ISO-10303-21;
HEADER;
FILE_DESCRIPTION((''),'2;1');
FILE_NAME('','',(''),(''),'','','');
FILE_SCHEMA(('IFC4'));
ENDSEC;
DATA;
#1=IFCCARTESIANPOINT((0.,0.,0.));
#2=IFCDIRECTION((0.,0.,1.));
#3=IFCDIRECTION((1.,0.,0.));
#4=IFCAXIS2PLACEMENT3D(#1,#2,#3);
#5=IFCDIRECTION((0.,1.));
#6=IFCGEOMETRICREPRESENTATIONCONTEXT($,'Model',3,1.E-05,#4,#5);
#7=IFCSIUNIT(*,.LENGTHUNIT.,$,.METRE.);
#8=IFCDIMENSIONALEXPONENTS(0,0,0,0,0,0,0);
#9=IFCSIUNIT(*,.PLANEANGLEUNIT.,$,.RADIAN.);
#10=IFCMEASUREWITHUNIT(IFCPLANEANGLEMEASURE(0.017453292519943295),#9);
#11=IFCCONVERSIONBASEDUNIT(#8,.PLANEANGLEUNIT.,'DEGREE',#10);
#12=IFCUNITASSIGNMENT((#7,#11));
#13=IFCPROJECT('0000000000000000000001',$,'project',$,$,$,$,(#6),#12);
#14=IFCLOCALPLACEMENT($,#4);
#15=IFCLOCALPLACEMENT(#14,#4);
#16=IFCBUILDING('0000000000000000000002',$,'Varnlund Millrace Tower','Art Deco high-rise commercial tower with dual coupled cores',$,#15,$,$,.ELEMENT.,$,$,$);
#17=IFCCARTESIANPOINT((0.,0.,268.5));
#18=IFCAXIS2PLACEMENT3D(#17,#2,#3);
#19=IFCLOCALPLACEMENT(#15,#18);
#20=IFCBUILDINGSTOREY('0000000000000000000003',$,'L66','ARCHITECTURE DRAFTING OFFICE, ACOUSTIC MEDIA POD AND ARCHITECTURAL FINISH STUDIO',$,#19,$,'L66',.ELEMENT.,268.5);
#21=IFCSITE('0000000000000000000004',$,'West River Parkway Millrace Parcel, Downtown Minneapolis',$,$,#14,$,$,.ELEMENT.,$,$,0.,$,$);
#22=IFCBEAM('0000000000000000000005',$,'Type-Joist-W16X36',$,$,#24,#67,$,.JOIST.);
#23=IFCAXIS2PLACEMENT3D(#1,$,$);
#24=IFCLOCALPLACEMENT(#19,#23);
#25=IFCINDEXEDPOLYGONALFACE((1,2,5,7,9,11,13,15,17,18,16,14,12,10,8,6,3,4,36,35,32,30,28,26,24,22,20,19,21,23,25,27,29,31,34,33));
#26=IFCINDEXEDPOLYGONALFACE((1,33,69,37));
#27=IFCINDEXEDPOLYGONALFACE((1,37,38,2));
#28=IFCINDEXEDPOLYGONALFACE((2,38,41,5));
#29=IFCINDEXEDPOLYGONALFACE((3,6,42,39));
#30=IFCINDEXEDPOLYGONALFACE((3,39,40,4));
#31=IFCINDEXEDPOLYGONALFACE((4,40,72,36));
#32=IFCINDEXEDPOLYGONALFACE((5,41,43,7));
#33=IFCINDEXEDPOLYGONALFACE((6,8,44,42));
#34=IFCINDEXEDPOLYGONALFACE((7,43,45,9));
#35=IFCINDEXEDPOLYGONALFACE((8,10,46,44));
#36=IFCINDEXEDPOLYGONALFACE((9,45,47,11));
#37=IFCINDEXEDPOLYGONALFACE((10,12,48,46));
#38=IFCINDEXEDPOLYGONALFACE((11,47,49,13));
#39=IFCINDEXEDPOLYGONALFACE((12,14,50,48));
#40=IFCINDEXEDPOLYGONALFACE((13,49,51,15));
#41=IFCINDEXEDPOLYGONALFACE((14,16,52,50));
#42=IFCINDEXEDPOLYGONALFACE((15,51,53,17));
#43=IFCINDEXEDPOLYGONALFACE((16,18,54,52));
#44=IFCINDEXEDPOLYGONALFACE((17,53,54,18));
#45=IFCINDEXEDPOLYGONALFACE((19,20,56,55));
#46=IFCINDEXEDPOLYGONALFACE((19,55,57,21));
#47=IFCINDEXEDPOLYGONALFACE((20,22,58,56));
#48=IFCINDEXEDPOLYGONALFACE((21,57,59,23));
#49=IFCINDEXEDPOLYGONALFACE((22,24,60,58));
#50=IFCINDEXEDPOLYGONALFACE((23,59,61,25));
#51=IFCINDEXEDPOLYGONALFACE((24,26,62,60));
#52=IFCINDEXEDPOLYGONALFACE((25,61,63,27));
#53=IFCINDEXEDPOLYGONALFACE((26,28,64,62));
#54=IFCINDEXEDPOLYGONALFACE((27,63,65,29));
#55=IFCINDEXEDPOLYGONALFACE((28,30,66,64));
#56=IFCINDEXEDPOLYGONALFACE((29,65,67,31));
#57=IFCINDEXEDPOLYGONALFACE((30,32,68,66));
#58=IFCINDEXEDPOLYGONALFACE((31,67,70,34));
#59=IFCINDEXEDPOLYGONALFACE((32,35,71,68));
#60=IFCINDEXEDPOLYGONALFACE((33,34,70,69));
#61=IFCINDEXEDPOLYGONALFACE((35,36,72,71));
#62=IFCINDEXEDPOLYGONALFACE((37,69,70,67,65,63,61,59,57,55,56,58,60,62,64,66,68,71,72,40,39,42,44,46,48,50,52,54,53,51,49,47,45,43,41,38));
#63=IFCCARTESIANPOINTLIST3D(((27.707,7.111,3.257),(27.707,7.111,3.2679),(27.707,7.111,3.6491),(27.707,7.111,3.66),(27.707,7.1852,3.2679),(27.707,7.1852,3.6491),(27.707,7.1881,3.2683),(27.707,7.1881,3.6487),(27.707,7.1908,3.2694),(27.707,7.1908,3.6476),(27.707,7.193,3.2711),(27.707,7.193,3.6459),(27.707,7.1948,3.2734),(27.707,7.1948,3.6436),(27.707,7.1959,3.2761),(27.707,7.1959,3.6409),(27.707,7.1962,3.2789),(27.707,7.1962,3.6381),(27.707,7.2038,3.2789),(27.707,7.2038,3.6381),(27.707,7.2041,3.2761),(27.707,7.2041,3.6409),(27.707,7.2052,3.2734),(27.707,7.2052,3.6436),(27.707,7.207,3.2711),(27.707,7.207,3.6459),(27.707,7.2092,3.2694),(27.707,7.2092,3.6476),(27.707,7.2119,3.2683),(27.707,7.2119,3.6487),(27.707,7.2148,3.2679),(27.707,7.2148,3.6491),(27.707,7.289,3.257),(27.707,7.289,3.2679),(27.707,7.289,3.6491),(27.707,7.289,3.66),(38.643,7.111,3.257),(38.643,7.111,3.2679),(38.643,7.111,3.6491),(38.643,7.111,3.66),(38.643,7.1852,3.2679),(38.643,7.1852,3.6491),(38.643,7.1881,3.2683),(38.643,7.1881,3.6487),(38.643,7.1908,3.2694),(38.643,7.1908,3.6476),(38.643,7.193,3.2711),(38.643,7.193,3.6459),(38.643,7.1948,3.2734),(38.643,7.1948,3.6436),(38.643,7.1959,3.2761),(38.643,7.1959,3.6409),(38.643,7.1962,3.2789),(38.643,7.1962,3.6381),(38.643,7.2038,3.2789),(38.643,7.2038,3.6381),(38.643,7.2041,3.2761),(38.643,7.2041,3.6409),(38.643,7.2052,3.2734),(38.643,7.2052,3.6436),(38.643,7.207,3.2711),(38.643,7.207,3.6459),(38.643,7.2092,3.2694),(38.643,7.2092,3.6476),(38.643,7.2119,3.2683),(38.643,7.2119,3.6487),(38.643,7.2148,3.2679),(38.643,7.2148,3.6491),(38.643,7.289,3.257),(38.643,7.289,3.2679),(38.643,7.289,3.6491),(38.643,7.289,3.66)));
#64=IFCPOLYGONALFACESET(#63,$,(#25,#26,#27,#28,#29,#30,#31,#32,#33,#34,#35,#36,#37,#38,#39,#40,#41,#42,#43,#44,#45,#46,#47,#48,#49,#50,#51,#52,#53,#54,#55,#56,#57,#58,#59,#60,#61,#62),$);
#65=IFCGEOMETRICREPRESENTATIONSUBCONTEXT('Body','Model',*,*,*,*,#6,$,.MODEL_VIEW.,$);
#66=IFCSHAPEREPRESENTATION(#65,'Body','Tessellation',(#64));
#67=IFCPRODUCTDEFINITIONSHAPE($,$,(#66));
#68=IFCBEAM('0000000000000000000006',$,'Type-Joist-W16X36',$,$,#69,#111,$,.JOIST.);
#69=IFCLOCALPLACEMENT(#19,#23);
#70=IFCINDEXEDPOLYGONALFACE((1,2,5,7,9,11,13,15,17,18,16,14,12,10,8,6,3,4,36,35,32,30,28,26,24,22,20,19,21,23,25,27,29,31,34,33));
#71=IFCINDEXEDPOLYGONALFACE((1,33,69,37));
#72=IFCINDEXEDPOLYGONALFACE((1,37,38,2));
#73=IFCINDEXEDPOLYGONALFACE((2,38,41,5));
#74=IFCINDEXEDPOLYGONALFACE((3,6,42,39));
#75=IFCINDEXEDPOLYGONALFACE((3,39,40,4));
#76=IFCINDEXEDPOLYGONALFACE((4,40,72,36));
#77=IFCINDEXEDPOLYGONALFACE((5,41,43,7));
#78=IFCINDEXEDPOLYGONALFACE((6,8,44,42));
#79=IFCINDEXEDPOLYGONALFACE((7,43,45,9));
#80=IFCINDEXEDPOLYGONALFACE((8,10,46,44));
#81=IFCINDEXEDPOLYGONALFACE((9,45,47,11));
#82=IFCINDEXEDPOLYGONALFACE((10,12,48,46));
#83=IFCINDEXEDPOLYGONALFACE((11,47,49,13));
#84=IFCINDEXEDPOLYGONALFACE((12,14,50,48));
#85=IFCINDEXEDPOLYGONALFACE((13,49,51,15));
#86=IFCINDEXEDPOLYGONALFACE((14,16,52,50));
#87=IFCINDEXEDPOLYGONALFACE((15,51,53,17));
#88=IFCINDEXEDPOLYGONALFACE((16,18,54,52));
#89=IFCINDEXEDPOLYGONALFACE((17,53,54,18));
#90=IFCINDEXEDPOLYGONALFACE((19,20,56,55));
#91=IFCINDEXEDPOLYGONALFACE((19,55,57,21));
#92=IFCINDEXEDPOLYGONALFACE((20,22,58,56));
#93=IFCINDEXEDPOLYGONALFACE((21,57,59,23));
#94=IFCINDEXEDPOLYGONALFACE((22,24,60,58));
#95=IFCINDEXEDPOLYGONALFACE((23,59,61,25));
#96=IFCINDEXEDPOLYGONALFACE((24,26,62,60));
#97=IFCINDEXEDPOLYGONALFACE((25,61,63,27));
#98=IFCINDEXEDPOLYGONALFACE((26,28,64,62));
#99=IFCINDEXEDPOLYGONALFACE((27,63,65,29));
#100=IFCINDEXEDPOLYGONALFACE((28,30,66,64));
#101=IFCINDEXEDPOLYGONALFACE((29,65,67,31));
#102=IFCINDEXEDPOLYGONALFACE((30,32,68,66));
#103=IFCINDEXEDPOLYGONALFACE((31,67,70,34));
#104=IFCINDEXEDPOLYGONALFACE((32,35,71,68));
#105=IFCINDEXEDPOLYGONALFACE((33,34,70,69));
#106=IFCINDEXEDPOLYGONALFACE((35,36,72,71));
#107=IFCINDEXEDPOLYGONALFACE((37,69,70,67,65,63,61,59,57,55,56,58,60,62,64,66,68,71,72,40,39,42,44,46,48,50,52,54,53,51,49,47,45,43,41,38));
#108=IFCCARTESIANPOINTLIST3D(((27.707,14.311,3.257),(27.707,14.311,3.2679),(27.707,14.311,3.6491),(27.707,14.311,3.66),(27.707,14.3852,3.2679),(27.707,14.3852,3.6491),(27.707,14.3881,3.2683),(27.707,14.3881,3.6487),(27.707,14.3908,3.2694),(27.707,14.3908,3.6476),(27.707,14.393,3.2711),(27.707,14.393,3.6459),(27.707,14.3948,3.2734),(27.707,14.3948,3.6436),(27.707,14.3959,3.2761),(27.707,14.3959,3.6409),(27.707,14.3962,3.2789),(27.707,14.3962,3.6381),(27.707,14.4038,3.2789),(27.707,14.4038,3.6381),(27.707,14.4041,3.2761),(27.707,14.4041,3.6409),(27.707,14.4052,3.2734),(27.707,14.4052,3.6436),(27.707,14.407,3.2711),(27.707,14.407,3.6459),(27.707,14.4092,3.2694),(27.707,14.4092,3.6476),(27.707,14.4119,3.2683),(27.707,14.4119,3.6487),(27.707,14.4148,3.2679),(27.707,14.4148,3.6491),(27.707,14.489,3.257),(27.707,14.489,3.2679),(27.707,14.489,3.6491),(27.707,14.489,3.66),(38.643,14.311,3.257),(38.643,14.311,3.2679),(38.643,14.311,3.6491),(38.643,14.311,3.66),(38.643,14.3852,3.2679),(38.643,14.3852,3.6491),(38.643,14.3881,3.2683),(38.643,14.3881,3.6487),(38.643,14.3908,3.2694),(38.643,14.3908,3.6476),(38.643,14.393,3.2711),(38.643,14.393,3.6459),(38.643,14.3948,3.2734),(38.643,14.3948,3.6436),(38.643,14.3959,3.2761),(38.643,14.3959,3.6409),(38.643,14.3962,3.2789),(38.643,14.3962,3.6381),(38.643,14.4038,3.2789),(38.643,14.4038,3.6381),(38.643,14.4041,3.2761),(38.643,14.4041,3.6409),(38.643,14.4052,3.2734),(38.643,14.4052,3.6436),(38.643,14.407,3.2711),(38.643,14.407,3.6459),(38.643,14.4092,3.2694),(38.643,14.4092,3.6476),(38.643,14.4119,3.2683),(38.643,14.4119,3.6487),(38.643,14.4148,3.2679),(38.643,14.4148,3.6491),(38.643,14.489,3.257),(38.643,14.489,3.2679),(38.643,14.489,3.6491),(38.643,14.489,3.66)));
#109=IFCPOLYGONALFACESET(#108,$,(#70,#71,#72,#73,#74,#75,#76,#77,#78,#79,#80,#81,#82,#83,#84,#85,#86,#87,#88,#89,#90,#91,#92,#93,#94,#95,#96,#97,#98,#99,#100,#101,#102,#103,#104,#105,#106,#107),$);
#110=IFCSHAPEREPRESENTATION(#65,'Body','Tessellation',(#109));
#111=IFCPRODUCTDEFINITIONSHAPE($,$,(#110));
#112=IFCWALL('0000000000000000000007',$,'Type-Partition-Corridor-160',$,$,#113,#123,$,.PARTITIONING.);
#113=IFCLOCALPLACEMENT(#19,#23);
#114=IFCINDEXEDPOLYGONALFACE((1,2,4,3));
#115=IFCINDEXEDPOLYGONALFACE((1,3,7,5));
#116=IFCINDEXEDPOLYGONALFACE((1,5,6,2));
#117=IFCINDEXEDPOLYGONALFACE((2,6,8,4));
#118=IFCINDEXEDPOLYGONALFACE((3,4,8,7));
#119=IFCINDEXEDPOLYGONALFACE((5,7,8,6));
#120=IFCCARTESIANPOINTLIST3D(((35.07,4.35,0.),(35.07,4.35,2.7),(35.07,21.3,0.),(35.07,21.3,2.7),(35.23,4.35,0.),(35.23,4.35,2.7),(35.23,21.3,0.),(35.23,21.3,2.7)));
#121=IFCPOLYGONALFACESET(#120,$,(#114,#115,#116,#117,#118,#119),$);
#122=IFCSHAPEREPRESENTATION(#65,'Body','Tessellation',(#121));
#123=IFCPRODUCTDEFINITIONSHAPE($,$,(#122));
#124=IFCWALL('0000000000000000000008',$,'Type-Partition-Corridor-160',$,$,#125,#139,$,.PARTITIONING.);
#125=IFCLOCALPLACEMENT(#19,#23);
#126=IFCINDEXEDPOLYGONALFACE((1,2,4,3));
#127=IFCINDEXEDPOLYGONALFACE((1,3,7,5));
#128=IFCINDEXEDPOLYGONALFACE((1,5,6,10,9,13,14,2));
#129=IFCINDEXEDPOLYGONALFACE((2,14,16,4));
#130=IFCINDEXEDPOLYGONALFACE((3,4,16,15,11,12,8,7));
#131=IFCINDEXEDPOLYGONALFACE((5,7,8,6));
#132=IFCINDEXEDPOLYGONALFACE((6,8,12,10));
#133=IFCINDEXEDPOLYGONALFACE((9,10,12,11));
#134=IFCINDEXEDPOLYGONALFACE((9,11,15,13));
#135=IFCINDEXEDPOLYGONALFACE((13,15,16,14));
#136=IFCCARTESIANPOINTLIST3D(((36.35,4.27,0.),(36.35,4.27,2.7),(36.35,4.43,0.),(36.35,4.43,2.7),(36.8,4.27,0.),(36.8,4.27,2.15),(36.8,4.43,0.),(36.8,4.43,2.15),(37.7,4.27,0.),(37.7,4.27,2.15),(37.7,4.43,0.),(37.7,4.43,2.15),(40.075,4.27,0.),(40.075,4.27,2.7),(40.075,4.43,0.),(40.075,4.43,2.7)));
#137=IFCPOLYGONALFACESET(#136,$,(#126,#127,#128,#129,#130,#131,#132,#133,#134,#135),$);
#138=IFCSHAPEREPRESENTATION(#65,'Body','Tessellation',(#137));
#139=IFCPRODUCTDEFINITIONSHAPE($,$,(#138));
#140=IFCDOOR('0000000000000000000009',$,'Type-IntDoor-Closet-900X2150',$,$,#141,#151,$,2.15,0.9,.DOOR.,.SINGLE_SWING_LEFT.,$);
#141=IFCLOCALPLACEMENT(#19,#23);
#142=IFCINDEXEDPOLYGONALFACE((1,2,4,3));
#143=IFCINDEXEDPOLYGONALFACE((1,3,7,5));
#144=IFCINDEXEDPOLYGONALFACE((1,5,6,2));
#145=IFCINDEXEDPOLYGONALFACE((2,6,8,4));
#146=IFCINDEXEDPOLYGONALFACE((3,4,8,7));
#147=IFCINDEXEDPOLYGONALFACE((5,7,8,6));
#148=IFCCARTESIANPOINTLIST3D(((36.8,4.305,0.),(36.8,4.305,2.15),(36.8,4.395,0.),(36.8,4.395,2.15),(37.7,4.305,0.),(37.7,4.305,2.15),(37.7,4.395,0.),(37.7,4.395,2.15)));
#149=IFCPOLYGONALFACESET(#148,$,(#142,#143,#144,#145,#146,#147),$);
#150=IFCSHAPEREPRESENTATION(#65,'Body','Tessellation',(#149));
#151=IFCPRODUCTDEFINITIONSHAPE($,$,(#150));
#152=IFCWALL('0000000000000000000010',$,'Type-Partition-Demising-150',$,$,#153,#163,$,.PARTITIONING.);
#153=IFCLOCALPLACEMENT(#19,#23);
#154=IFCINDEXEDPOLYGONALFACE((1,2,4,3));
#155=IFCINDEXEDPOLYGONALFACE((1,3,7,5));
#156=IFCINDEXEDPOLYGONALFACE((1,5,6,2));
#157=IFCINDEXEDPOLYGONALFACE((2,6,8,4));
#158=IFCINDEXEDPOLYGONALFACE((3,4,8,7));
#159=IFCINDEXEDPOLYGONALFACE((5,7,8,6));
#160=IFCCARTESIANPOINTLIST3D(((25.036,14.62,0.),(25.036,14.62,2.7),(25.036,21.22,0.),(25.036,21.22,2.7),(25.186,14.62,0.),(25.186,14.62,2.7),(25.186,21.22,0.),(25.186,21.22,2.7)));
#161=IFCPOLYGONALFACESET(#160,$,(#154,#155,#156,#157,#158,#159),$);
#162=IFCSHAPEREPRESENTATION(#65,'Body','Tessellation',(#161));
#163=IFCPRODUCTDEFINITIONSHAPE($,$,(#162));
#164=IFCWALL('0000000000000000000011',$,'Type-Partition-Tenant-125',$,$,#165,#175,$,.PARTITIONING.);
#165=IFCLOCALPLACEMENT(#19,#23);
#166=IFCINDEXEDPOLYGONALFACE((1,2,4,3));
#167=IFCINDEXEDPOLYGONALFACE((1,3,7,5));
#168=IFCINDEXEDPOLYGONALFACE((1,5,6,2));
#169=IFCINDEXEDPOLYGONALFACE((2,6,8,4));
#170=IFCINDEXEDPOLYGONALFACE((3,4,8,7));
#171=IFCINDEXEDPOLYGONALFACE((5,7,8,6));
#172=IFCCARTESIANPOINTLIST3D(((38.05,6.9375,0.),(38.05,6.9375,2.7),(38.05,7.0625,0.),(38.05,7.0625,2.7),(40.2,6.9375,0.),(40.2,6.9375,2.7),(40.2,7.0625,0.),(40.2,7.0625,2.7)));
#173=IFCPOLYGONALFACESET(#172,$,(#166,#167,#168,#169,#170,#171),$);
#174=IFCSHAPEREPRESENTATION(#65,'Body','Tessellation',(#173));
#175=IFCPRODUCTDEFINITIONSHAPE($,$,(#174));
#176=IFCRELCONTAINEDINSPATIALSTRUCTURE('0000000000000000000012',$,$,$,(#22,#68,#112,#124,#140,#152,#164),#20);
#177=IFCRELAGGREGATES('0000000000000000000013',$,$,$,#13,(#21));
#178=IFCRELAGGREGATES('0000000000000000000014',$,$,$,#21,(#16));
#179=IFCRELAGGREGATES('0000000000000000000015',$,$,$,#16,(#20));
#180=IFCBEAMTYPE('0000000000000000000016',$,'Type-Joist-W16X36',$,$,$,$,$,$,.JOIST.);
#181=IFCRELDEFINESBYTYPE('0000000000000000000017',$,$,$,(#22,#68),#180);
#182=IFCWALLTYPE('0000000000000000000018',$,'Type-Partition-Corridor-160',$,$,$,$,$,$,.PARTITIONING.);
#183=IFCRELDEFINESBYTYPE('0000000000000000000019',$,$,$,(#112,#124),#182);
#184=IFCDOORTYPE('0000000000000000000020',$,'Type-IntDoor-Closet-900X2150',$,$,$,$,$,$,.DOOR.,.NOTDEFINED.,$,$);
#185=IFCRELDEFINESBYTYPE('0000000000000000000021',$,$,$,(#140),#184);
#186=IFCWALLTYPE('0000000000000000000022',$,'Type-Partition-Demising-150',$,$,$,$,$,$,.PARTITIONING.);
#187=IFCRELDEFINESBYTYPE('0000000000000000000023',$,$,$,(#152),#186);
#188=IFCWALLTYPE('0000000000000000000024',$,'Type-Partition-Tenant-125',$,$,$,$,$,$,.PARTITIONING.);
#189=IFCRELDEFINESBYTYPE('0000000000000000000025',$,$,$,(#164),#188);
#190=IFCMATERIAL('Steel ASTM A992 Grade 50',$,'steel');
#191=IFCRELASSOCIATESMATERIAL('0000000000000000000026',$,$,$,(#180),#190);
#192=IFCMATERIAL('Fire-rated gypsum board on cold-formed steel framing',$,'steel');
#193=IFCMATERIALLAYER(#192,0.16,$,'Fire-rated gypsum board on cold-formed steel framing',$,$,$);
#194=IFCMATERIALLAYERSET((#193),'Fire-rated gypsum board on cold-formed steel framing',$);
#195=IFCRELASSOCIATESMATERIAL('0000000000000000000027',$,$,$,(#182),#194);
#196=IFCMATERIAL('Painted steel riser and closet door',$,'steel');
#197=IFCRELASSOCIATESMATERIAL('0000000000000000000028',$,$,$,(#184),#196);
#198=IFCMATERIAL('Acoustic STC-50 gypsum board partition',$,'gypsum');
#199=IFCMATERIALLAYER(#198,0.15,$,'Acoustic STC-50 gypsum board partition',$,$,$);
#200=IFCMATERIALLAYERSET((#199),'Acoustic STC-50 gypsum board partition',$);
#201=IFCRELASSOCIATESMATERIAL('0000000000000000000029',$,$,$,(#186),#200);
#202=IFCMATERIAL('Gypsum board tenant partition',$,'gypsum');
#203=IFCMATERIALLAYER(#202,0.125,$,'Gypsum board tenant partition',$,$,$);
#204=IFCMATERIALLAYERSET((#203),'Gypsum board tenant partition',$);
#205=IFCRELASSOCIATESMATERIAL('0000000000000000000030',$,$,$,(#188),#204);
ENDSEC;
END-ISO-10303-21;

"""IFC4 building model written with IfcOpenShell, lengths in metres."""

from ifc_helpers import new_model, entity, si_unit, converted_unit, direction, frame, origin_with_axes, origin_2d_with_axis, place, context, subcontext, project, spatial, polyline, rectangle, i_section, outline, extrude, material, layer, layer_set, material_profile, profile_set, type_object, element, fill, save


model = new_model("IFC4")

# Units and contexts
model_context = context("Model", 3, precision=1e-05, world=origin_with_axes(), true_north=direction((0.0, 1.0)))
body_context = subcontext(model_context, "Body", "Model", "MODEL_VIEW")
ifc_project = project(units=[si_unit("LENGTHUNIT", "METRE"), converted_unit("PLANEANGLEUNIT", "DEGREE", entity("IfcPlaneAngleMeasure", 0.017453292519943295), si_unit("PLANEANGLEUNIT", "RADIAN"), dimensions=[0, 0, 0, 0, 0, 0, 0])], contexts=[model_context])

# Site, building, storey
site_placement = place(None, origin_with_axes())
site = spatial("IfcSite", under=ifc_project, at=site_placement, Name="West River Parkway Millrace Parcel, Downtown Minneapolis", CompositionType="ELEMENT", RefElevation=0.0)
building_placement = place(site_placement, origin_with_axes())
building = spatial("IfcBuilding", under=site, at=building_placement, Name="Varnlund Millrace Tower", Description="Art Deco high-rise commercial tower with dual coupled cores", CompositionType="ELEMENT")
storey_placement = place(building_placement, frame((0.0, 0.0, 268.5), z_axis=(0.0, 0.0, 1.0), x_axis=(1.0, 0.0, 0.0)))
storey = spatial("IfcBuildingStorey", under=building, at=storey_placement, Name="L66", Description="ARCHITECTURE DRAFTING OFFICE, ACOUSTIC MEDIA POD AND ARCHITECTURAL FINISH STUDIO", LongName="L66", CompositionType="ELEMENT", Elevation=268.5)

# Beams
ifc_material_1 = material(Name="Steel ASTM A992 Grade 50", Category="steel")
ifc_material_profile_1 = material_profile(ifc_material_1, i_section(OverallWidth=0.178, OverallDepth=0.403, WebThickness=0.0075, FlangeThickness=0.0109, FilletRadius=0.011, at=origin_2d_with_axis()), Name="Steel ASTM A992 Grade 50")
ifc_profile_set_1 = profile_set([ifc_material_profile_1], Name="Steel ASTM A992 Grade 50")
beam_type_1 = type_object("IfcBeamType", Name="Type-Joist-W16X36", PredefinedType="JOIST", material=ifc_profile_set_1)
for number, where, z_axis, x_axis, name in (
    (1, (27.707, 7.2, 3.4585), (1.0, 0.0, 0.0), (0.0, 1.0, 0.0), "Type-Joist-W16X36"),
    (2, (27.707, 14.4, 3.4585), (1.0, 0.0, 0.0), (0.0, 1.0, 0.0), "Type-Joist-W16X36"),
):
    element("IfcBeam", number, at=place(storey_placement, frame(where, z_axis=z_axis, x_axis=x_axis)), inside=storey, type_object=beam_type_1, Name=name, PredefinedType="JOIST", context=body_context, shape_type="SweptSolid", body=[
        extrude(i_section(OverallWidth=0.178, OverallDepth=0.403, WebThickness=0.0075, FlangeThickness=0.0109, FilletRadius=0.011, at=origin_2d_with_axis()), origin_with_axes(), (0.0, 0.0, 1.0), 10.936),
    ])

# Wall
ifc_material_2 = material(Name="Fire-rated gypsum board on cold-formed steel framing", Category="steel")
ifc_layer_1 = layer(ifc_material_2, 0.16, Name="Fire-rated gypsum board on cold-formed steel framing")
ifc_layer_set_1 = layer_set([ifc_layer_1], Name="Fire-rated gypsum board on cold-formed steel framing")
wall_type_1 = type_object("IfcWallType", Name="Type-Partition-Corridor-160", PredefinedType="PARTITIONING", material=ifc_layer_set_1)
wall_1_placement = place(storey_placement, frame((35.15, 4.35, 0.0), z_axis=(0.0, 0.0, 1.0), x_axis=(0.0, 1.0, 0.0)))
element("IfcWall", 3, at=wall_1_placement, inside=storey, type_object=wall_type_1, Name="Type-Partition-Corridor-160", PredefinedType="PARTITIONING", context=body_context, shape_type="SweptSolid", body=[
    extrude(outline(polyline([(0.0, -0.08), (16.95, -0.08), (16.95, 0.08), (0.0, 0.08), (0.0, -0.08)])), origin_with_axes(), (0.0, 0.0, 1.0), 2.7),
])

# Wall, opening, door
wall_2_placement = place(storey_placement, frame((36.35, 4.35, 0.0), z_axis=(0.0, 0.0, 1.0), x_axis=(1.0, 0.0, 0.0)))
wall_2 = element("IfcWall", 4, at=wall_2_placement, inside=storey, type_object=wall_type_1, Name="Type-Partition-Corridor-160", PredefinedType="PARTITIONING", context=body_context, shape_type="SweptSolid", body=[
    extrude(outline(polyline([(0.0, -0.08), (3.725, -0.08), (3.725, 0.08), (0.0, 0.08), (0.0, -0.08)])), origin_with_axes(), (0.0, 0.0, 1.0), 2.7),
])
opening_1_placement = place(wall_2_placement, frame((0.9, 0.0, 0.0), z_axis=(0.0, 0.0, 1.0), x_axis=(1.0, 0.0, 0.0)))
opening_1 = element("IfcOpeningElement", 5, at=opening_1_placement, cuts=wall_2, PredefinedType="OPENING", context=body_context, shape_type="SweptSolid", body=[
    extrude(rectangle(XDim=0.9, YDim=0.18, at=origin_2d_with_axis()), origin_with_axes(), (0.0, 0.0, 1.0), 2.15),
])
ifc_material_3 = material(Name="Painted steel riser and closet door", Category="steel")
door_type = type_object("IfcDoorType", Name="Type-IntDoor-Closet-900X2150", OperationType="NOTDEFINED", PredefinedType="DOOR", material=ifc_material_3)
door_1_placement = place(wall_2_placement, frame((0.9, 0.0, 0.0), z_axis=(0.0, 0.0, 1.0), x_axis=(1.0, 0.0, 0.0)))
door_1 = element("IfcDoor", 6, at=door_1_placement, inside=storey, type_object=door_type, Name="Type-IntDoor-Closet-900X2150", OperationType="SINGLE_SWING_LEFT", OverallHeight=2.15, OverallWidth=0.9, PredefinedType="DOOR", context=body_context, shape_type="SweptSolid", body=[
    extrude(rectangle(XDim=0.9, YDim=0.09, at=origin_2d_with_axis()), origin_with_axes(), (0.0, 0.0, 1.0), 2.15),
])
fill(opening_1, door_1)

# Walls
ifc_material_4 = material(Name="Acoustic STC-50 gypsum board partition", Category="gypsum")
ifc_layer_2 = layer(ifc_material_4, 0.15, Name="Acoustic STC-50 gypsum board partition")
ifc_layer_set_2 = layer_set([ifc_layer_2], Name="Acoustic STC-50 gypsum board partition")
wall_type_2 = type_object("IfcWallType", Name="Type-Partition-Demising-150", PredefinedType="PARTITIONING", material=ifc_layer_set_2)
wall_3_placement = place(storey_placement, frame((25.111, 14.62, 0.0), z_axis=(0.0, 0.0, 1.0), x_axis=(0.0, 1.0, 0.0)))
element("IfcWall", 7, at=wall_3_placement, inside=storey, type_object=wall_type_2, Name="Type-Partition-Demising-150", PredefinedType="PARTITIONING", context=body_context, shape_type="SweptSolid", body=[
    extrude(outline(polyline([(0.0, -0.075), (6.6, -0.075), (6.6, 0.075), (0.0, 0.075), (0.0, -0.075)])), origin_with_axes(), (0.0, 0.0, 1.0), 2.7),
])
ifc_material_5 = material(Name="Gypsum board tenant partition", Category="gypsum")
ifc_layer_3 = layer(ifc_material_5, 0.125, Name="Gypsum board tenant partition")
ifc_layer_set_3 = layer_set([ifc_layer_3], Name="Gypsum board tenant partition")
wall_type_3 = type_object("IfcWallType", Name="Type-Partition-Tenant-125", PredefinedType="PARTITIONING", material=ifc_layer_set_3)
wall_4_placement = place(storey_placement, frame((38.05, 7.0, 0.0), z_axis=(0.0, 0.0, 1.0), x_axis=(1.0, 0.0, 0.0)))
element("IfcWall", 8, at=wall_4_placement, inside=storey, type_object=wall_type_3, Name="Type-Partition-Tenant-125", PredefinedType="PARTITIONING", context=body_context, shape_type="SweptSolid", body=[
    extrude(outline(polyline([(0.0, -0.0625), (2.15, -0.0625), (2.15, 0.0625), (0.0, 0.0625), (0.0, -0.0625)])), origin_with_axes(), (0.0, 0.0, 1.0), 2.7),
])

save(model, "model.ifc")
